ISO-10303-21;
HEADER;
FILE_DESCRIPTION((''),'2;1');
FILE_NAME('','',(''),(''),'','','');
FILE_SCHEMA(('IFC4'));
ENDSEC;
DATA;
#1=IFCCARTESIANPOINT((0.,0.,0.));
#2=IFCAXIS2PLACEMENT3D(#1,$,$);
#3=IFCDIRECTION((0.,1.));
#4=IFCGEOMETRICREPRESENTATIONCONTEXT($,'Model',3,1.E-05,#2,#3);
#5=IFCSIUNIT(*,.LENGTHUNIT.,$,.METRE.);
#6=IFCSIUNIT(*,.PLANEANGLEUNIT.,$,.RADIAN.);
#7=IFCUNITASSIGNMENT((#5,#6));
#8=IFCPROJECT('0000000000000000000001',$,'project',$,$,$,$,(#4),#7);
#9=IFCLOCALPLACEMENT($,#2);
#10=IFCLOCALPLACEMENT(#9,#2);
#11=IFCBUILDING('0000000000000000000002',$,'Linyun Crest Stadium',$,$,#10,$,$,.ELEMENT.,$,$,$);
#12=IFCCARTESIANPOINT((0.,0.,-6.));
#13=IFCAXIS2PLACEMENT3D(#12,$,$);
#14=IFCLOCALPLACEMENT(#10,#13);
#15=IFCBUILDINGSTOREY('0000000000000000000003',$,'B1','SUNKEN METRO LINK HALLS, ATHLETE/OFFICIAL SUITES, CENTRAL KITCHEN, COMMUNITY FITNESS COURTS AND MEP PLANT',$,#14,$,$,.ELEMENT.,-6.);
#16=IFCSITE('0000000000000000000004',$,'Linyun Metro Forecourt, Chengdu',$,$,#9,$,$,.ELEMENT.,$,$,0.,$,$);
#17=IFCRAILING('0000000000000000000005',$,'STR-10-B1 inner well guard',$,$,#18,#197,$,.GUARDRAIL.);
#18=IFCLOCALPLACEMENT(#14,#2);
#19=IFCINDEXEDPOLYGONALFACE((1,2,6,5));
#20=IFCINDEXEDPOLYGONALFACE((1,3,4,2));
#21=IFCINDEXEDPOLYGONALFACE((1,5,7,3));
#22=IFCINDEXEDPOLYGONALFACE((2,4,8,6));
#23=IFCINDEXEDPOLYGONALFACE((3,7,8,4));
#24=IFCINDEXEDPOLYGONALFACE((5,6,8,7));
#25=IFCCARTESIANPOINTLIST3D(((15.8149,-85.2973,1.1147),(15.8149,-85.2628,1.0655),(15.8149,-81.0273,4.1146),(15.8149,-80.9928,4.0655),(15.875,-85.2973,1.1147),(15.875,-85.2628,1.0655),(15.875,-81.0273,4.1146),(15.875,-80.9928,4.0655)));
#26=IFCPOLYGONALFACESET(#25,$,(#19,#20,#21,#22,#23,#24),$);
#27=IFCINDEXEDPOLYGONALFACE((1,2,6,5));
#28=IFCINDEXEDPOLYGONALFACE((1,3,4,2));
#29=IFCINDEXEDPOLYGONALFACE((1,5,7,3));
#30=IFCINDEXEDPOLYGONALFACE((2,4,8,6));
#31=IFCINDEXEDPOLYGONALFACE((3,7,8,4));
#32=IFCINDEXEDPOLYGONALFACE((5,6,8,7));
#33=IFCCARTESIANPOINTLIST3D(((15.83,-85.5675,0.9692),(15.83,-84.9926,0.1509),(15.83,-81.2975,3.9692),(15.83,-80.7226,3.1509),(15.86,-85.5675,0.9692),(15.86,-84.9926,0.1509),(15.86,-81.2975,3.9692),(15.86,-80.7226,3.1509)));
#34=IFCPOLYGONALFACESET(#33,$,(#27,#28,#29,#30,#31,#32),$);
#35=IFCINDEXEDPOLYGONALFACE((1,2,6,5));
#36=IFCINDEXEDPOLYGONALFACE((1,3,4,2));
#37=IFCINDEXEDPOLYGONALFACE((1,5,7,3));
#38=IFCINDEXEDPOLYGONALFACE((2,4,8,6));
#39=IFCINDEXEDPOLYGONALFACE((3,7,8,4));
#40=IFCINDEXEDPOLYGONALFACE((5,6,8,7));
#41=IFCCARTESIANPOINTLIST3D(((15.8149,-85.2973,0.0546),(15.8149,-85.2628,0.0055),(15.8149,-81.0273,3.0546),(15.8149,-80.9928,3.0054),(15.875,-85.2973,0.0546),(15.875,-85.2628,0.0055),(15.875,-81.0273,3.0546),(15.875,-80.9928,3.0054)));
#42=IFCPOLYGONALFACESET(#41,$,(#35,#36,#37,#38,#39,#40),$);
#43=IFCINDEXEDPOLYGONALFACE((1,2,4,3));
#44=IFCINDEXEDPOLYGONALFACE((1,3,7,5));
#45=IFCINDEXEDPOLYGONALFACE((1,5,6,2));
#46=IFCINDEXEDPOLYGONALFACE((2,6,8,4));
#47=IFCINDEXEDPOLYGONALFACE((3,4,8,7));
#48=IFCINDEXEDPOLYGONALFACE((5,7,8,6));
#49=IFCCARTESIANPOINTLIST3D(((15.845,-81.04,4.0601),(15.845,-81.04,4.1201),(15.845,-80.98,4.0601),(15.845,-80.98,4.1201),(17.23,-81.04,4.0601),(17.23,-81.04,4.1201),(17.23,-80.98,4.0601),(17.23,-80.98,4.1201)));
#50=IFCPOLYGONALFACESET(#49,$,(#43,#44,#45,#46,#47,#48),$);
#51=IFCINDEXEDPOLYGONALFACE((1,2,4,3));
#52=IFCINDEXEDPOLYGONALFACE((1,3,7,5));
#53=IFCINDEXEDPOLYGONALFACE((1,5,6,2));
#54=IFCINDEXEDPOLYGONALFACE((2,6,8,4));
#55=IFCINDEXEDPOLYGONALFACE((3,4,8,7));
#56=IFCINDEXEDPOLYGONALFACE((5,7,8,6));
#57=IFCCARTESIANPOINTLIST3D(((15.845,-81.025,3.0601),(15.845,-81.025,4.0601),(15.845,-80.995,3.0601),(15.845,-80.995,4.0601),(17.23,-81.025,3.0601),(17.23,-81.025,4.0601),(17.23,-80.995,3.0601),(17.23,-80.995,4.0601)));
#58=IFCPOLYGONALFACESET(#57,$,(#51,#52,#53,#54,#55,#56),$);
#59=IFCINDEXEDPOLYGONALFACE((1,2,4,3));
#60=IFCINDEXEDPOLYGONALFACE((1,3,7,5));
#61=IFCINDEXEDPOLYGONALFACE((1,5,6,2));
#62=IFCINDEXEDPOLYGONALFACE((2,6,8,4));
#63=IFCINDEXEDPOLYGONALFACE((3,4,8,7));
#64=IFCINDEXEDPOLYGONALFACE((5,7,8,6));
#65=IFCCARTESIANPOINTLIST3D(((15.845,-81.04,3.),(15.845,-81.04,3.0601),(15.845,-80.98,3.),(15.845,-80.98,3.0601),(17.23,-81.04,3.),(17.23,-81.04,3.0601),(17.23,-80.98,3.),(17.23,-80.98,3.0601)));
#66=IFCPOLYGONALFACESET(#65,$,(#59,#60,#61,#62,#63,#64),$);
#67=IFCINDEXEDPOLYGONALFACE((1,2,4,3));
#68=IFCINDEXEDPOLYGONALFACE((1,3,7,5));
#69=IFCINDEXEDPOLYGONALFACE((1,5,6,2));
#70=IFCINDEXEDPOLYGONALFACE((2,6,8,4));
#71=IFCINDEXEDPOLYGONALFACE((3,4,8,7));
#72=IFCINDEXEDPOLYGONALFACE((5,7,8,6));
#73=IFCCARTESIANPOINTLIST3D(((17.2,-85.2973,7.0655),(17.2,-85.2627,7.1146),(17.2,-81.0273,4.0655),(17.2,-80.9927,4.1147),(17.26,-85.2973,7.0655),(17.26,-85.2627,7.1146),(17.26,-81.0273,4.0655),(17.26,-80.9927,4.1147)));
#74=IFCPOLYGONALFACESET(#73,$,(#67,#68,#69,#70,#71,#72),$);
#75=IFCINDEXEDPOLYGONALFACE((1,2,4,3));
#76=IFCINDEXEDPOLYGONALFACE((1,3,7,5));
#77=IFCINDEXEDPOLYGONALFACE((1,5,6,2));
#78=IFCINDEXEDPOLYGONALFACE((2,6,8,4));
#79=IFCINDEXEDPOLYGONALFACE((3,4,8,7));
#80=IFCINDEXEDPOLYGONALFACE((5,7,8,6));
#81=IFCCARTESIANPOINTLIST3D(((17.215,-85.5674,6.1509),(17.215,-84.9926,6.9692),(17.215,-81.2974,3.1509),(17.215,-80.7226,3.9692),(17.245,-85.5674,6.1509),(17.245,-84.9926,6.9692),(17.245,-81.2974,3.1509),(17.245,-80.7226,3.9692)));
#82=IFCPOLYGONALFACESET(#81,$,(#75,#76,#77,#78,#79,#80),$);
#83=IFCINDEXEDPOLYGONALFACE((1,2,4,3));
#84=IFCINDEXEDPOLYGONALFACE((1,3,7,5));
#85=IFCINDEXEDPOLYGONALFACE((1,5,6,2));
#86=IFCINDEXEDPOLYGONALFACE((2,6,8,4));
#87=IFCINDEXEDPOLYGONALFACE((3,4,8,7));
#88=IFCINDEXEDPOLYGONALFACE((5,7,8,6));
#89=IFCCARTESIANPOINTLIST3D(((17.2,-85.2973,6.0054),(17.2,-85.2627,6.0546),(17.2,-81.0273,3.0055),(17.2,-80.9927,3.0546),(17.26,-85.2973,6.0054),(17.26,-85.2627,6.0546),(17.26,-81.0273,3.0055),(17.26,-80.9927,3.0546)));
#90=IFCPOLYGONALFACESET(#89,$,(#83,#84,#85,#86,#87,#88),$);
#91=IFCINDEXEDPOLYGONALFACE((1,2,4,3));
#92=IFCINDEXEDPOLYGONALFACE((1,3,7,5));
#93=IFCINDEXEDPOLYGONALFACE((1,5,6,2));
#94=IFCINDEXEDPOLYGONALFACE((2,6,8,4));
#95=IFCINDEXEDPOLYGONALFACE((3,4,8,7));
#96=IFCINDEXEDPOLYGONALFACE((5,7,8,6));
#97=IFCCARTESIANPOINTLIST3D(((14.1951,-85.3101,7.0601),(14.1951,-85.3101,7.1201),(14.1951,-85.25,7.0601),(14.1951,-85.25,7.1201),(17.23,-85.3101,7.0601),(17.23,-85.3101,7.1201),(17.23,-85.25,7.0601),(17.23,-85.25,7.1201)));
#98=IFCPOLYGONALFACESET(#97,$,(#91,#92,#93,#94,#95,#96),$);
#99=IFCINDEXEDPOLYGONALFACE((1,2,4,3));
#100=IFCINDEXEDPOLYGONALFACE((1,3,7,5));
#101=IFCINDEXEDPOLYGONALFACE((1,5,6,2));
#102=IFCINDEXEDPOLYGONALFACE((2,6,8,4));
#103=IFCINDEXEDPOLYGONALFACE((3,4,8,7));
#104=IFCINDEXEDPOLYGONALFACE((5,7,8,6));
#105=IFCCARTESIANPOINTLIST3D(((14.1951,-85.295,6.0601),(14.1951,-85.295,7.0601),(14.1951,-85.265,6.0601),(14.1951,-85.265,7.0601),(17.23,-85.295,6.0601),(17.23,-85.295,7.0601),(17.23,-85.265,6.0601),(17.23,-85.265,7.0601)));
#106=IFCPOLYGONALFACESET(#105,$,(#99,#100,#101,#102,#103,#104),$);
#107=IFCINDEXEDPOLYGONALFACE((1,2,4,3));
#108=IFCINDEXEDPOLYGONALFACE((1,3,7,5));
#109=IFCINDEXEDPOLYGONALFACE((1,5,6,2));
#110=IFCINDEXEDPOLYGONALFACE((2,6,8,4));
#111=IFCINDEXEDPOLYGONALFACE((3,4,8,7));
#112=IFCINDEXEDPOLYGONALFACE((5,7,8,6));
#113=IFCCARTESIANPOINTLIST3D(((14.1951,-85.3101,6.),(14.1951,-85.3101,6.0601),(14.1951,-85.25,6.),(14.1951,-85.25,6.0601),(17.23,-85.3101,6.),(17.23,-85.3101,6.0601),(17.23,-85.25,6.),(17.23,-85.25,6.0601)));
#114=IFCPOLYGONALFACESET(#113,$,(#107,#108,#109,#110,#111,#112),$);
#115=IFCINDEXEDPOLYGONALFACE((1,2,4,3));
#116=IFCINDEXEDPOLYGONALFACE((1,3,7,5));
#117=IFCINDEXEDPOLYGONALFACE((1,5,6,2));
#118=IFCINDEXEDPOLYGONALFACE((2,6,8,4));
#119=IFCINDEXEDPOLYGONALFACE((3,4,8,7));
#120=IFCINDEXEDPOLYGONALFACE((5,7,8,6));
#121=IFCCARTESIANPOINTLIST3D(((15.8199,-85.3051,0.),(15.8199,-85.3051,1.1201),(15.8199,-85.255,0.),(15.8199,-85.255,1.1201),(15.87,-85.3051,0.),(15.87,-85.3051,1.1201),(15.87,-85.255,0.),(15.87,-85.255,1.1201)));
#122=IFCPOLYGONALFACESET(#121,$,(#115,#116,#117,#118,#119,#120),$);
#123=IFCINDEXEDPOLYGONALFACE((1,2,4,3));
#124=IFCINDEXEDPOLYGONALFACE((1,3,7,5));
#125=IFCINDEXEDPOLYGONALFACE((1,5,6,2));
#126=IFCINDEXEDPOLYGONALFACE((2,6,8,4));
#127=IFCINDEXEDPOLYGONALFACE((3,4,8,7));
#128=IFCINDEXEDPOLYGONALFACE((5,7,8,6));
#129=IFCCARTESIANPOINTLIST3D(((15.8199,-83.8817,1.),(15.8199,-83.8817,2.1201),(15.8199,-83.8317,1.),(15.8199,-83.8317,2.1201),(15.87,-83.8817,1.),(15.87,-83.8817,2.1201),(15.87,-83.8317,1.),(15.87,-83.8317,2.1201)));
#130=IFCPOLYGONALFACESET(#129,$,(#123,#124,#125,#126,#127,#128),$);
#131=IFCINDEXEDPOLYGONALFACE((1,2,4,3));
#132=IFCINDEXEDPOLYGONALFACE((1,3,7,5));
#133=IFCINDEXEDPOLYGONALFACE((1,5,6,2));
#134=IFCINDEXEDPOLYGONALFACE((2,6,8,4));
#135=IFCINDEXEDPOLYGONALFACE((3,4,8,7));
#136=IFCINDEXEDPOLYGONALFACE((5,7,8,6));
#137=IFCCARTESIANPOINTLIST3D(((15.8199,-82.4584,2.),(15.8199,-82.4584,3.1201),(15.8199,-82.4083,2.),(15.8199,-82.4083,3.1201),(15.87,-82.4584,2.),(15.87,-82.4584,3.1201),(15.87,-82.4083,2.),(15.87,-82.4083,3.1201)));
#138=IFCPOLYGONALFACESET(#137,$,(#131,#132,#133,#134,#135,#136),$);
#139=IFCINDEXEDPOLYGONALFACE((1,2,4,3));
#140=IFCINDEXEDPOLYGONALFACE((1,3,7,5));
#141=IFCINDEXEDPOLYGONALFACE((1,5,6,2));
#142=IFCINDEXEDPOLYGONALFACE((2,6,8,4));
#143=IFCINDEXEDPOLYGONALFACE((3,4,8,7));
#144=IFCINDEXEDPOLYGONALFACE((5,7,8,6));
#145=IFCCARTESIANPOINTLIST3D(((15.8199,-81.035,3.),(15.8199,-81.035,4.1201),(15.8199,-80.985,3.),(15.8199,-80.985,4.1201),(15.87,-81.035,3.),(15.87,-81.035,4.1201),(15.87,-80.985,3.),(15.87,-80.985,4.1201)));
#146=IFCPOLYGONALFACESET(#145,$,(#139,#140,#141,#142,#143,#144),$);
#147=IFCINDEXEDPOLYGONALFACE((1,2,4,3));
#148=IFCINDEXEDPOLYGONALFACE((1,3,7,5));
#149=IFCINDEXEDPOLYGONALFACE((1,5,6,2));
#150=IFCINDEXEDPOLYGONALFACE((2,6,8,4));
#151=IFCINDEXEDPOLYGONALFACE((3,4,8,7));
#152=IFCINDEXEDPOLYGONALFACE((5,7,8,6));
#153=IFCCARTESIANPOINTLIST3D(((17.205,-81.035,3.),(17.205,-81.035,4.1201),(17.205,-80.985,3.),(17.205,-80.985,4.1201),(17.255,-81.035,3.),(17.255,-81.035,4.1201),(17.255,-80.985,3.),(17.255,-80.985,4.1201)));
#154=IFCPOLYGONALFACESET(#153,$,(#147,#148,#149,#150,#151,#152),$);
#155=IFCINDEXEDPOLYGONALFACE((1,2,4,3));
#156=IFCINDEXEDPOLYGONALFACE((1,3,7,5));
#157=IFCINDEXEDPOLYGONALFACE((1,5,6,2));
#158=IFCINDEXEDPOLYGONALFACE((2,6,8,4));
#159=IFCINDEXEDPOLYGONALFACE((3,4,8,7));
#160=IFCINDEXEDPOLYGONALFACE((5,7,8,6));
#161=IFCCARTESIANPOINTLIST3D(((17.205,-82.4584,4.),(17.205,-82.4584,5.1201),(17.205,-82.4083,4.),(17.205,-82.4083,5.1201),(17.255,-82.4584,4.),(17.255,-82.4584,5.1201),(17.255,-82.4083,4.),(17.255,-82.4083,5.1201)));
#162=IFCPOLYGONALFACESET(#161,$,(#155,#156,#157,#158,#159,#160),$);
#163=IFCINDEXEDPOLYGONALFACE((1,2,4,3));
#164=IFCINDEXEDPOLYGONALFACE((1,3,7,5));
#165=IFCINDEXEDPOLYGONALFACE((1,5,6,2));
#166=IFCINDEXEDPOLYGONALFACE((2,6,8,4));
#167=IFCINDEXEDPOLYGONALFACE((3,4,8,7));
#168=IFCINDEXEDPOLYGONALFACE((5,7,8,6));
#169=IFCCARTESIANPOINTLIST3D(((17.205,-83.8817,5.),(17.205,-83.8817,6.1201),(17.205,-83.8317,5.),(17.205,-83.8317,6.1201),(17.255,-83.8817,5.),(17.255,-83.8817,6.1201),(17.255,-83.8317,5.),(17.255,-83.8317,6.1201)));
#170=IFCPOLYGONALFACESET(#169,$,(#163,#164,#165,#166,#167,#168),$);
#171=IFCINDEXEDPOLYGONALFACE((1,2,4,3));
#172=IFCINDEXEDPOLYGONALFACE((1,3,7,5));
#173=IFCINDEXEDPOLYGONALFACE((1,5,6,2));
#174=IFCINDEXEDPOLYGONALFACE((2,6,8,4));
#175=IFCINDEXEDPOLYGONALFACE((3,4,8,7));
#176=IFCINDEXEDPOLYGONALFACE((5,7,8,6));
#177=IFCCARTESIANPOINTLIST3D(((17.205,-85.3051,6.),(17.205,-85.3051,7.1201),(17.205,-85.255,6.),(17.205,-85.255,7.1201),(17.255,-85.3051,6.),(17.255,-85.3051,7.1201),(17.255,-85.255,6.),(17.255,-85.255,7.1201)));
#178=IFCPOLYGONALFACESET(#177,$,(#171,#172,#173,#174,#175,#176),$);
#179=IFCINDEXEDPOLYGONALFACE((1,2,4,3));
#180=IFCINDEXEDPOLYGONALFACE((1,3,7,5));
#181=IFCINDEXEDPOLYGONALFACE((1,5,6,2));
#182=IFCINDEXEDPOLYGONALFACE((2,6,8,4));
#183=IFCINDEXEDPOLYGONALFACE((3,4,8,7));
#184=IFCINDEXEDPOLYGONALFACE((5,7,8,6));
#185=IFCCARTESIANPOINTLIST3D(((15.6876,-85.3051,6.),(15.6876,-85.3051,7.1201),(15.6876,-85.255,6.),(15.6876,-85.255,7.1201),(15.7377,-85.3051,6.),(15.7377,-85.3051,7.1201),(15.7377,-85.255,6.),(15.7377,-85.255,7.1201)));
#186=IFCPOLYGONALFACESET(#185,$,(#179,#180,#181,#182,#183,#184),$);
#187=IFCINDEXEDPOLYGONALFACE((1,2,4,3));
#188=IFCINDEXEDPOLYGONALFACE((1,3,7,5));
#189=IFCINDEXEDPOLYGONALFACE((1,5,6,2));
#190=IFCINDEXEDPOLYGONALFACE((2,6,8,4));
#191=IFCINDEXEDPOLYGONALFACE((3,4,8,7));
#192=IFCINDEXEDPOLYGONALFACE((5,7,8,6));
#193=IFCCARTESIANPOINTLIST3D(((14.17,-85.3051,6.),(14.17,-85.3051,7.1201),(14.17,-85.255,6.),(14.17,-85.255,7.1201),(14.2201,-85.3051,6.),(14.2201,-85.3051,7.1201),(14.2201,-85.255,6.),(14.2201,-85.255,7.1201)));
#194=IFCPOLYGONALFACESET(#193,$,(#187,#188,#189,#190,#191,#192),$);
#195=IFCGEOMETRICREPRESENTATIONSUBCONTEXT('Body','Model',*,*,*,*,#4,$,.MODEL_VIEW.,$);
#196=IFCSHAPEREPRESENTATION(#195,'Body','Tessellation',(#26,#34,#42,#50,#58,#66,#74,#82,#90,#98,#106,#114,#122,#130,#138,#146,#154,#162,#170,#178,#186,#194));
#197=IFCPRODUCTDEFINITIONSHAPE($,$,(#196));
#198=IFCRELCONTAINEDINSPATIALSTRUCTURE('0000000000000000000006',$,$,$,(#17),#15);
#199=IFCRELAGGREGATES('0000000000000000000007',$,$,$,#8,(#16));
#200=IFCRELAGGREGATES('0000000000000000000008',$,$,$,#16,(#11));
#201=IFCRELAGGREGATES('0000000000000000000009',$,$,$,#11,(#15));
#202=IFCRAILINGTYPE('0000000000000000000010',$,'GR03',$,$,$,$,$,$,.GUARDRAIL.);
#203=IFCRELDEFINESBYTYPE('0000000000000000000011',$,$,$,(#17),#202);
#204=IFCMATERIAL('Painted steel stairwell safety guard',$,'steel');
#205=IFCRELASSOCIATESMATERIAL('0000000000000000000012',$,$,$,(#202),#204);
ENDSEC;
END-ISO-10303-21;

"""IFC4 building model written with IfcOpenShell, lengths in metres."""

from ifc_helpers import new_model, si_unit, direction, frame, origin, origin_2d, place, context, subcontext, project, spatial, rectangle, extrude, material, type_object, element, save


model = new_model("IFC4")

# Units and contexts
model_context = context("Model", 3, precision=1e-05, world=origin(), true_north=direction((0.0, 1.0)))
body_context = subcontext(model_context, "Body", "Model", "MODEL_VIEW")
ifc_project = project(units=[si_unit("LENGTHUNIT", "METRE"), si_unit("PLANEANGLEUNIT", "RADIAN")], contexts=[model_context])

# Site, building, storey
site_placement = place(None, origin())
site = spatial("IfcSite", under=ifc_project, at=site_placement, Name="Linyun Metro Forecourt, Chengdu", CompositionType="ELEMENT", RefElevation=0.0)
building_placement = place(site_placement, origin())
building = spatial("IfcBuilding", under=site, at=building_placement, Name="Linyun Crest Stadium", CompositionType="ELEMENT")
storey_placement = place(building_placement, frame((0.0, 0.0, -6.0)))
storey = spatial("IfcBuildingStorey", under=building, at=storey_placement, Name="B1", Description="SUNKEN METRO LINK HALLS, ATHLETE/OFFICIAL SUITES, CENTRAL KITCHEN, COMMUNITY FITNESS COURTS AND MEP PLANT", CompositionType="ELEMENT", Elevation=-6.0)

# Railing
ifc_material_1 = material(Name="Painted steel stairwell safety guard", Category="steel")
railing_type = type_object("IfcRailingType", Name="GR03", PredefinedType="GUARDRAIL", material=ifc_material_1)
railing_1_placement = place(storey_placement, frame((15.845, -85.28, 0.0)))
element("IfcRailing", 1, at=railing_1_placement, inside=storey, type_object=railing_type, Name="STR-10-B1 inner well guard", PredefinedType="GUARDRAIL", context=body_context, shape_type="SweptSolid", body=[
    extrude(rectangle(XDim=0.0601, YDim=0.0601, at=origin_2d()), frame((0.0, 0.0, 1.0901), z_axis=(0.0, 0.818242, 0.574874), x_axis=(-1.0, 0.0, 0.0)), (0.0, 0.0, 1.0), 5.2185),
    extrude(rectangle(XDim=0.03, YDim=1.0, at=origin_2d()), frame((0.0, 0.0, 0.5601), z_axis=(0.0, 0.818242, 0.574874), x_axis=(-1.0, 0.0, 0.0)), (0.0, 0.0, 1.0), 5.2185),
    extrude(rectangle(XDim=0.0601, YDim=0.0601, at=origin_2d()), frame((0.0, 0.0, 0.03), z_axis=(0.0, 0.818242, 0.574874), x_axis=(-1.0, 0.0, 0.0)), (0.0, 0.0, 1.0), 5.2185),
    extrude(rectangle(XDim=0.0601, YDim=0.0601, at=origin_2d()), frame((0.0, 4.27, 4.0901), z_axis=(1.0, 0.0, 0.0), x_axis=(0.0, 1.0, 0.0)), (0.0, 0.0, 1.0), 1.385),
    extrude(rectangle(XDim=0.03, YDim=1.0, at=origin_2d()), frame((0.0, 4.27, 3.5601), z_axis=(1.0, 0.0, 0.0), x_axis=(0.0, 1.0, 0.0)), (0.0, 0.0, 1.0), 1.385),
    extrude(rectangle(XDim=0.0601, YDim=0.0601, at=origin_2d()), frame((0.0, 4.27, 3.03), z_axis=(1.0, 0.0, 0.0), x_axis=(0.0, 1.0, 0.0)), (0.0, 0.0, 1.0), 1.385),
    extrude(rectangle(XDim=0.0601, YDim=0.0601, at=origin_2d()), frame((1.385, 4.27, 4.0901), z_axis=(0.0, -0.818242, 0.574874), x_axis=(1.0, 0.0, 0.0)), (0.0, 0.0, 1.0), 5.2185),
    extrude(rectangle(XDim=0.03, YDim=1.0, at=origin_2d()), frame((1.385, 4.27, 3.5601), z_axis=(0.0, -0.818242, 0.574874), x_axis=(1.0, 0.0, 0.0)), (0.0, 0.0, 1.0), 5.2185),
    extrude(rectangle(XDim=0.0601, YDim=0.0601, at=origin_2d()), frame((1.385, 4.27, 3.03), z_axis=(0.0, -0.818242, 0.574874), x_axis=(1.0, 0.0, 0.0)), (0.0, 0.0, 1.0), 5.2185),
    extrude(rectangle(XDim=0.0601, YDim=0.0601, at=origin_2d()), frame((1.385, 0.0, 7.0901), z_axis=(-1.0, 0.0, 0.0), x_axis=(0.0, -1.0, 0.0)), (0.0, 0.0, 1.0), 3.0349),
    extrude(rectangle(XDim=0.03, YDim=1.0, at=origin_2d()), frame((1.385, 0.0, 6.5601), z_axis=(-1.0, 0.0, 0.0), x_axis=(0.0, -1.0, 0.0)), (0.0, 0.0, 1.0), 3.0349),
    extrude(rectangle(XDim=0.0601, YDim=0.0601, at=origin_2d()), frame((1.385, 0.0, 6.03), z_axis=(-1.0, 0.0, 0.0), x_axis=(0.0, -1.0, 0.0)), (0.0, 0.0, 1.0), 3.0349),
    extrude(rectangle(XDim=0.05, YDim=0.05, at=origin_2d()), origin(), (0.0, 0.0, 1.0), 1.1201),
    extrude(rectangle(XDim=0.05, YDim=0.05, at=origin_2d()), frame((0.0, 1.4233, 1.0)), (0.0, 0.0, 1.0), 1.1201),
    extrude(rectangle(XDim=0.05, YDim=0.05, at=origin_2d()), frame((0.0, 2.8467, 2.0)), (0.0, 0.0, 1.0), 1.1201),
    extrude(rectangle(XDim=0.05, YDim=0.05, at=origin_2d()), frame((0.0, 4.27, 3.0)), (0.0, 0.0, 1.0), 1.1201),
    extrude(rectangle(XDim=0.05, YDim=0.05, at=origin_2d()), frame((1.385, 4.27, 3.0)), (0.0, 0.0, 1.0), 1.1201),
    extrude(rectangle(XDim=0.05, YDim=0.05, at=origin_2d()), frame((1.385, 2.8467, 4.0)), (0.0, 0.0, 1.0), 1.1201),
    extrude(rectangle(XDim=0.05, YDim=0.05, at=origin_2d()), frame((1.385, 1.4233, 5.0)), (0.0, 0.0, 1.0), 1.1201),
    extrude(rectangle(XDim=0.05, YDim=0.05, at=origin_2d()), frame((1.385, 0.0, 6.0)), (0.0, 0.0, 1.0), 1.1201),
    extrude(rectangle(XDim=0.05, YDim=0.05, at=origin_2d()), frame((-0.1323, 0.0, 6.0)), (0.0, 0.0, 1.0), 1.1201),
    extrude(rectangle(XDim=0.05, YDim=0.05, at=origin_2d()), frame((-1.6499, 0.0, 6.0)), (0.0, 0.0, 1.0), 1.1201),
])

save(model, "model.ifc")
